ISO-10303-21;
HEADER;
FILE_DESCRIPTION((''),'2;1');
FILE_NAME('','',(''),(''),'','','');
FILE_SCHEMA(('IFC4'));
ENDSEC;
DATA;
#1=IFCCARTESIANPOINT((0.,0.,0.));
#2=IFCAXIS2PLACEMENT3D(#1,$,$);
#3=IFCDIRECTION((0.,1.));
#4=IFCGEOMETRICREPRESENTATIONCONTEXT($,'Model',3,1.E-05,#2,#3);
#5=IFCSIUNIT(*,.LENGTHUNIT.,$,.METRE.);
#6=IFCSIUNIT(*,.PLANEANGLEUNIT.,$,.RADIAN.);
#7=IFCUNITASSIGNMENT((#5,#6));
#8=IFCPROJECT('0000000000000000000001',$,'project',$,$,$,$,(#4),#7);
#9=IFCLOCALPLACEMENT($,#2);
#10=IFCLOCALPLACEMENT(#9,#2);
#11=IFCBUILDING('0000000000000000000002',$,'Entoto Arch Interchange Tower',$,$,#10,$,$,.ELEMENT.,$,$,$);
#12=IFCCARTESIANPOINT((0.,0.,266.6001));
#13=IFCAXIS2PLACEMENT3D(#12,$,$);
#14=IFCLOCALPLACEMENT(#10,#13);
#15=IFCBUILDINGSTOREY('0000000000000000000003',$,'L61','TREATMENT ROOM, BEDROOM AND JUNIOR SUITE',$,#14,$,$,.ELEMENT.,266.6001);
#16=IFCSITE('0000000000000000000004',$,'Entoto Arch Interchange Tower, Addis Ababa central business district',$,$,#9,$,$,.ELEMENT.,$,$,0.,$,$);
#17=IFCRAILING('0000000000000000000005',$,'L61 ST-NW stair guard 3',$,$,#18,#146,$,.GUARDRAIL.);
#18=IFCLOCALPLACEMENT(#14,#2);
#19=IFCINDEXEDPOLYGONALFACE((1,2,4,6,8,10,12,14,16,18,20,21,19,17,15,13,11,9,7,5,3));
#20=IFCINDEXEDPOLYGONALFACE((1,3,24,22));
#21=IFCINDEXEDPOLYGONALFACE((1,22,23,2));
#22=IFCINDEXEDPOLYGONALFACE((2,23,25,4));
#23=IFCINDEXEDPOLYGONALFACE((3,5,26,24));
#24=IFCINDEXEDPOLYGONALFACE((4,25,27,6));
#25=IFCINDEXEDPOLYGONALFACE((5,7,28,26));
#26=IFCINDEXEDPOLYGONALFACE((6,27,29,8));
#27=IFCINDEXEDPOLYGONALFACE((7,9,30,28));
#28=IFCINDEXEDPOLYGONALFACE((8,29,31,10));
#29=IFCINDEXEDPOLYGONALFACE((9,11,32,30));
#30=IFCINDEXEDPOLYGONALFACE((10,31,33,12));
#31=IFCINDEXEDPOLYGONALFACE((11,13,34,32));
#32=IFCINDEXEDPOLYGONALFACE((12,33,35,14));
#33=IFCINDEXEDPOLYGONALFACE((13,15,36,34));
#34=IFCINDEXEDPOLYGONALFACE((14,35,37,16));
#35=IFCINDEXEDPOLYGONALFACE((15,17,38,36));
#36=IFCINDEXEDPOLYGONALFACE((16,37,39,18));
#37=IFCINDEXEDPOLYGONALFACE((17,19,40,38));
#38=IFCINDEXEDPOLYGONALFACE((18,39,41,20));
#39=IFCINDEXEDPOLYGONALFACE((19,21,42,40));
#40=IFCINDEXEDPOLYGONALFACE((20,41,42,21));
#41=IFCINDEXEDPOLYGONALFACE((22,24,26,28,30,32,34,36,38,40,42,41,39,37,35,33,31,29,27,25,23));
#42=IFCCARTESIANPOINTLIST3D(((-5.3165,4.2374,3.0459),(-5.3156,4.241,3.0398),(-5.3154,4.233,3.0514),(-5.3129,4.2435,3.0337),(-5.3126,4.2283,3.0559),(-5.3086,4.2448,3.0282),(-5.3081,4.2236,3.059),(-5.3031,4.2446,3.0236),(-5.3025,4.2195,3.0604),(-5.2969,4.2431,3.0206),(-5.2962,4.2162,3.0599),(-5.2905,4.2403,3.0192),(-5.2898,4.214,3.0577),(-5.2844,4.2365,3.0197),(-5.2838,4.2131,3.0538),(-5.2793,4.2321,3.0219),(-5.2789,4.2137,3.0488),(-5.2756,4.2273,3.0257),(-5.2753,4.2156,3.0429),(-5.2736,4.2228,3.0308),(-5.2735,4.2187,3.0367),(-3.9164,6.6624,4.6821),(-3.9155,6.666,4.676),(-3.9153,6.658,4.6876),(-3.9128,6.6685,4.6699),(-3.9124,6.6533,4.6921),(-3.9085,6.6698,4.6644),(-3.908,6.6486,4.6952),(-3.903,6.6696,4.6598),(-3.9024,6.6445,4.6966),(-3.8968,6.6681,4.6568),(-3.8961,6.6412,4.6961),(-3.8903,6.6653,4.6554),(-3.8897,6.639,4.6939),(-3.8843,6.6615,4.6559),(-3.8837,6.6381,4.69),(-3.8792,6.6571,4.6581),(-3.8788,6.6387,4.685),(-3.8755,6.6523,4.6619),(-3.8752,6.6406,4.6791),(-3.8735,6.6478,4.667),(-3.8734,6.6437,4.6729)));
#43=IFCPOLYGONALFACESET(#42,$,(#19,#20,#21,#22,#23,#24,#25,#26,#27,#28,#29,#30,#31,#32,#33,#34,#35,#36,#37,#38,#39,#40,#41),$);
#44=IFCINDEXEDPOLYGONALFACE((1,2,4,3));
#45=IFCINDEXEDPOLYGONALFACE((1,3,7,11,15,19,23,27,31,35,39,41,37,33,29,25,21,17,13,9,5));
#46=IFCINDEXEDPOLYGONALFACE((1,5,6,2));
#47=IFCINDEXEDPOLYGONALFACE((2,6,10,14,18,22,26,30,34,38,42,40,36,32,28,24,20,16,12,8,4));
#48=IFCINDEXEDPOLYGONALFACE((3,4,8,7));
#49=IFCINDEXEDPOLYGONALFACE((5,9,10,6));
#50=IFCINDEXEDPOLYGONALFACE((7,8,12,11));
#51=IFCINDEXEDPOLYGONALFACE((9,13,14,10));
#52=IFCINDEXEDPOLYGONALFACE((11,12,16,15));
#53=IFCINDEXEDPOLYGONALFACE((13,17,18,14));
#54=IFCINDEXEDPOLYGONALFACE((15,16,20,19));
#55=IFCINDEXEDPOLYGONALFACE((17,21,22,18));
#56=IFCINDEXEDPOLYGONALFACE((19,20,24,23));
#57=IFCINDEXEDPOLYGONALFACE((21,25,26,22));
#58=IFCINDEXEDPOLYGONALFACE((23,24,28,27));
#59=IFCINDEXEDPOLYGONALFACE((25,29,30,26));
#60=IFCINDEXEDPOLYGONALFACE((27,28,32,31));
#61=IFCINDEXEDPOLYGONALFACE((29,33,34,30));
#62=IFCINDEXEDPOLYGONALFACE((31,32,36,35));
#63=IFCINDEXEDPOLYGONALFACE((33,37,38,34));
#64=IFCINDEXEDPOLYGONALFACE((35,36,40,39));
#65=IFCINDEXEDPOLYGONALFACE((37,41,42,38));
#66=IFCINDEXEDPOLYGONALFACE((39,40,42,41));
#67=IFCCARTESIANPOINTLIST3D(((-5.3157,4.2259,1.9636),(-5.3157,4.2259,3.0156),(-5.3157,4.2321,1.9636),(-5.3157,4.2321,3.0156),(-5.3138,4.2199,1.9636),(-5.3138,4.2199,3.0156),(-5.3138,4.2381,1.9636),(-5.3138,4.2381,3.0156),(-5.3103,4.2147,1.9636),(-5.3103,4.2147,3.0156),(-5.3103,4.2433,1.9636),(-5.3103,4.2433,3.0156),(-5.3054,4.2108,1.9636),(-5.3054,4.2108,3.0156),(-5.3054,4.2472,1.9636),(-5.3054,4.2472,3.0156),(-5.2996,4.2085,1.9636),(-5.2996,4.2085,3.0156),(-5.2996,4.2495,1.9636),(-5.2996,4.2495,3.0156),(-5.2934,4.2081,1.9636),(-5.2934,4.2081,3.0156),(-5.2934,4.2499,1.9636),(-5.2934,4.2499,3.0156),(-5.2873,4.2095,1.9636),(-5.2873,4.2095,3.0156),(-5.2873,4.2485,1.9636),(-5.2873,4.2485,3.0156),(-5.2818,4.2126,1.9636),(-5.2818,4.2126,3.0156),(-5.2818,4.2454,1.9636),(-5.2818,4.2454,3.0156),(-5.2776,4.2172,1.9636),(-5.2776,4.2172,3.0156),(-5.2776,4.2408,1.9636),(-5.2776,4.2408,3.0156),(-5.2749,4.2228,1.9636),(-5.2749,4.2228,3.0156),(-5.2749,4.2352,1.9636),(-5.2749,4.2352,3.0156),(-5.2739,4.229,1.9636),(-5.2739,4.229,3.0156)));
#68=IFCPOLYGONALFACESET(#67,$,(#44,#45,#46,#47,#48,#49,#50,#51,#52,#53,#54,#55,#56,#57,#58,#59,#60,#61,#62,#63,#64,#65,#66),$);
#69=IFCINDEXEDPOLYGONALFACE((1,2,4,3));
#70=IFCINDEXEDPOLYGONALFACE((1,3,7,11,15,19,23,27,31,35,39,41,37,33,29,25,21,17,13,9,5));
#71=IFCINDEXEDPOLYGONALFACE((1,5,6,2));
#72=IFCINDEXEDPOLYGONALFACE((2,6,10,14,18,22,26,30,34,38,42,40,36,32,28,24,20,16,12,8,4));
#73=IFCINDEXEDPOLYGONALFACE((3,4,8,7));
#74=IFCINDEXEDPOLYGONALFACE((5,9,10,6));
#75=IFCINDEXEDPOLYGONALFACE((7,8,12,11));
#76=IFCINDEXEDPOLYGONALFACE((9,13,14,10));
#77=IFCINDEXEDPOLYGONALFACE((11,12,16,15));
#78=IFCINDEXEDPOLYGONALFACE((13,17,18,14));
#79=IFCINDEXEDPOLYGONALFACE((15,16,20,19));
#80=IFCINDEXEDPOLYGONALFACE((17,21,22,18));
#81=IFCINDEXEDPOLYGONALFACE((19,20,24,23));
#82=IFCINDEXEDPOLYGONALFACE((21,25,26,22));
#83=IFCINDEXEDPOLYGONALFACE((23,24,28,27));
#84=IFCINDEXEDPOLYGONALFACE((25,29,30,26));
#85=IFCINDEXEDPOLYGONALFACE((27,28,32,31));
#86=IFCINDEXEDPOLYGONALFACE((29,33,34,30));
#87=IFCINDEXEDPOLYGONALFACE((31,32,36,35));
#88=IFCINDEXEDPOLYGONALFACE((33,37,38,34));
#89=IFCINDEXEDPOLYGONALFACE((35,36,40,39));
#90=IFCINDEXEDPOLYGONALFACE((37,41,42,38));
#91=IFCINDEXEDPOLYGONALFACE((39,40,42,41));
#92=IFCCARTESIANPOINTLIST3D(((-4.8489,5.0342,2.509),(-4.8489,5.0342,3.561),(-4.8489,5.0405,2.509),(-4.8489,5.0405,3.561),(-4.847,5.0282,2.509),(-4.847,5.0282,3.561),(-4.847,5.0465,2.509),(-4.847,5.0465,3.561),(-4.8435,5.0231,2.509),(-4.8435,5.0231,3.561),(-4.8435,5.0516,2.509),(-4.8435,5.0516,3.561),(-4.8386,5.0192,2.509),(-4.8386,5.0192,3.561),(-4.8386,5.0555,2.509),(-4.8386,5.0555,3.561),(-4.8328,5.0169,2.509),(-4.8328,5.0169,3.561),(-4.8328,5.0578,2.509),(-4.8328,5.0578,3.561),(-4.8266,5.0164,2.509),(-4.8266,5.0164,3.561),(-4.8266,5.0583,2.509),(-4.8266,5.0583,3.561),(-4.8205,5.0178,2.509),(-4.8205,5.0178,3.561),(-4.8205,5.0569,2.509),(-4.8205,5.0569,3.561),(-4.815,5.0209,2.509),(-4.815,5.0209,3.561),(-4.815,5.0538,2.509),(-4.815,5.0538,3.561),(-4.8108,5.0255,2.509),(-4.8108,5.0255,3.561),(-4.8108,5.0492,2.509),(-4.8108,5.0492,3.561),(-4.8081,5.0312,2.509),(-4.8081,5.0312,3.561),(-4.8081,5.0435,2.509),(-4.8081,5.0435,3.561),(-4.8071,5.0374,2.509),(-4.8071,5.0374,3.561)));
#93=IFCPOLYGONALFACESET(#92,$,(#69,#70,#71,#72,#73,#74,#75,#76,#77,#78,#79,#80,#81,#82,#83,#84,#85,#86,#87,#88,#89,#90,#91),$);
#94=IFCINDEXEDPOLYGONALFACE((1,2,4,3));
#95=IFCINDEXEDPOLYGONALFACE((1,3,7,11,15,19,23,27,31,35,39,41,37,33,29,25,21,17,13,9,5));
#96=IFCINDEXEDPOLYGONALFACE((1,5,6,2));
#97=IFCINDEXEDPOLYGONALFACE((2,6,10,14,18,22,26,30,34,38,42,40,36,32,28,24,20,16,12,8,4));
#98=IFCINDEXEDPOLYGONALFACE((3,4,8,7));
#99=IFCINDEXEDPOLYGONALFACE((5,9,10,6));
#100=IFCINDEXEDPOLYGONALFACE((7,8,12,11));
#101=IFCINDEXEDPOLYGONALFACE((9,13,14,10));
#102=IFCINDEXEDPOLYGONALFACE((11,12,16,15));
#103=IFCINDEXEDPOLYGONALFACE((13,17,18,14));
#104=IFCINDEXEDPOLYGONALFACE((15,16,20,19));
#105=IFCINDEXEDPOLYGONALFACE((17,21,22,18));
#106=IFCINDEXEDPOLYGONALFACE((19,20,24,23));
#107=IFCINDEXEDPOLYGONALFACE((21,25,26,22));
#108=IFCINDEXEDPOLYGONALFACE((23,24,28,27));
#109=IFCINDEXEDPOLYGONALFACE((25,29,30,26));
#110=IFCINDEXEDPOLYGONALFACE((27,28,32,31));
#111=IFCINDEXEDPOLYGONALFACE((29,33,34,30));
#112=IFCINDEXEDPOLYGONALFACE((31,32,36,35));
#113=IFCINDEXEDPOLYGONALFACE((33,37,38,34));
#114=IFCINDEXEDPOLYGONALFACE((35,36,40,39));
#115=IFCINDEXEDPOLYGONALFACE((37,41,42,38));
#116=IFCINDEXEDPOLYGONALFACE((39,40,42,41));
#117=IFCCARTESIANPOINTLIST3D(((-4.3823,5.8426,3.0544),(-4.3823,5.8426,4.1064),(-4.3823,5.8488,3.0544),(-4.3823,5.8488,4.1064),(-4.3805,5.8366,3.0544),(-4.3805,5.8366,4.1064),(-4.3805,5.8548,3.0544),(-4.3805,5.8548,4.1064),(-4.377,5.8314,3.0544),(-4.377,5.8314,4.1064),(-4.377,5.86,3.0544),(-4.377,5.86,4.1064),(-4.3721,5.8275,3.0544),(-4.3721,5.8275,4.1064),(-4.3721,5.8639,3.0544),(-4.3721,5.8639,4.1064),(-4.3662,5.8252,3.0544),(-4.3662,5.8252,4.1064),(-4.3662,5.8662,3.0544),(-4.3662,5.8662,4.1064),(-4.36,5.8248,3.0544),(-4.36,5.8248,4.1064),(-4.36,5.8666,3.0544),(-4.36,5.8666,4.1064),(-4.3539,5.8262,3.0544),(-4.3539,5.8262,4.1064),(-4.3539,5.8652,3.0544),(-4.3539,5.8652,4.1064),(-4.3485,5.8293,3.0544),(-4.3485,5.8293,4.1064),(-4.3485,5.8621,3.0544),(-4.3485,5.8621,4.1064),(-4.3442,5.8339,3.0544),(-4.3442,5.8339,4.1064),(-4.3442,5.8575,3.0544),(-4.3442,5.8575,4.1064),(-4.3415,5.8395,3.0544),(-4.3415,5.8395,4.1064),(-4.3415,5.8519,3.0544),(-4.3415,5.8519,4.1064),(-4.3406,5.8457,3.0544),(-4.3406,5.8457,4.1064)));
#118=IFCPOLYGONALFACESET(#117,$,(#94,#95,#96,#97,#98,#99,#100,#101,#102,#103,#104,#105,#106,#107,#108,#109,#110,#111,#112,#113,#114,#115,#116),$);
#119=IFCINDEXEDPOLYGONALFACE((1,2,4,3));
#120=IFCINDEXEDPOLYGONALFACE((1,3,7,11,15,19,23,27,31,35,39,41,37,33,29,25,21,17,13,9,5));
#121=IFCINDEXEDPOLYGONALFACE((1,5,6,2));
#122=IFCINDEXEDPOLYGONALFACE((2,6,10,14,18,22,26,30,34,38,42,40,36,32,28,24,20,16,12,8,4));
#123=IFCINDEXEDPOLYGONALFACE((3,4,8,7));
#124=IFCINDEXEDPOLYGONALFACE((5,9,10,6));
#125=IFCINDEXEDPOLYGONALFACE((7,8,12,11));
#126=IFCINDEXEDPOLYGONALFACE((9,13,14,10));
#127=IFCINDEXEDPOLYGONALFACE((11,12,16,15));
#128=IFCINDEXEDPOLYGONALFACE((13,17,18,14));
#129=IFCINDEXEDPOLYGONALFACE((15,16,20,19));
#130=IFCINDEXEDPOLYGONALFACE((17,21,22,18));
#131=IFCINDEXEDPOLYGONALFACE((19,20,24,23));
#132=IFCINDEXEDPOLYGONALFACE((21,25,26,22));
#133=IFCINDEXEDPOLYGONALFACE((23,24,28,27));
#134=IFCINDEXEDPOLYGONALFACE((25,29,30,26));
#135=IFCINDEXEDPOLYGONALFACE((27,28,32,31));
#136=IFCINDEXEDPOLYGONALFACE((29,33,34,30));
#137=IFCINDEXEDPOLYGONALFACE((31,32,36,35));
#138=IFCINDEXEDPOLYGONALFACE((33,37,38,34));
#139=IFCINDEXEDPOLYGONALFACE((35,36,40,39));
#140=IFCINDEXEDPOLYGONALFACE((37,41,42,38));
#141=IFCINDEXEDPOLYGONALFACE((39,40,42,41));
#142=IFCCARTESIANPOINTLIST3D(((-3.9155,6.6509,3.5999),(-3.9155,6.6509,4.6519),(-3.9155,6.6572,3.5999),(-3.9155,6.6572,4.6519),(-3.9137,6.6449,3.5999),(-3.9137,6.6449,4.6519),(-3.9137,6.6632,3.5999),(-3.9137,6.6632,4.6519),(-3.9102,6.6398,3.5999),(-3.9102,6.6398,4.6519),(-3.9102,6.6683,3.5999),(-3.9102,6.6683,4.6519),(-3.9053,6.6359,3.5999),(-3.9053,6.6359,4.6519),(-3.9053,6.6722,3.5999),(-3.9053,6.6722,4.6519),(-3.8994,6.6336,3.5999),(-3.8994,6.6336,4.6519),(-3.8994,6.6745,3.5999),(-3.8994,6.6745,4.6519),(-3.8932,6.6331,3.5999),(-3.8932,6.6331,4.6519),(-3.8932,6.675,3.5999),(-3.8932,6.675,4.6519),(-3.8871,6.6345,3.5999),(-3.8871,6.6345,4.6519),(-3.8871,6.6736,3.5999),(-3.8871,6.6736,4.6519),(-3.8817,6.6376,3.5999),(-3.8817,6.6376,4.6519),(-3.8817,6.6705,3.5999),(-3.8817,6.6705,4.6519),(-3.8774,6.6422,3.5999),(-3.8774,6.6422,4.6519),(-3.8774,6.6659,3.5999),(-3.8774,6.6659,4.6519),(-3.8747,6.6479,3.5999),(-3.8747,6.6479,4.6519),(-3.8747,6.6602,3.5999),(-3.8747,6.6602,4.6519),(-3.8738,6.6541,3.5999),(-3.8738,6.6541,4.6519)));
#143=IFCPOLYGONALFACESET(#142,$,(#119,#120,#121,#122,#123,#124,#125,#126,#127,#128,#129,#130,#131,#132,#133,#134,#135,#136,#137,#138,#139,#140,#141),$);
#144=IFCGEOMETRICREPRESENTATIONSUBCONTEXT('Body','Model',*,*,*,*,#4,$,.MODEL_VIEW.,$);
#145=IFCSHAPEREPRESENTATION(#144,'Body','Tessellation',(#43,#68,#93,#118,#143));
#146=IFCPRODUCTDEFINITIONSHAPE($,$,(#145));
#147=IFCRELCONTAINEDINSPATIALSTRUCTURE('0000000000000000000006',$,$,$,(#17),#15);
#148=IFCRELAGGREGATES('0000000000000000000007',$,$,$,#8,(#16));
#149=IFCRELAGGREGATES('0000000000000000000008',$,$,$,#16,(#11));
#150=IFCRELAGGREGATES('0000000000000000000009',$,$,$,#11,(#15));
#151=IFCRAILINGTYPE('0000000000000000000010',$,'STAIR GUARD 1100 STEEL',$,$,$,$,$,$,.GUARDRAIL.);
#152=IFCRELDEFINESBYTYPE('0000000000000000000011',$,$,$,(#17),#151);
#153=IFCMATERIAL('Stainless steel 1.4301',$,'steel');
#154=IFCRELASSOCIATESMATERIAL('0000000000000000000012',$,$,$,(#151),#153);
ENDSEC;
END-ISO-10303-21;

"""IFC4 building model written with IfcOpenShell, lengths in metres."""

from ifc_helpers import new_model, si_unit, direction, frame, origin, origin_2d, place, context, subcontext, project, spatial, circle, extrude, material, type_object, element, save


model = new_model("IFC4")

# Units and contexts
model_context = context("Model", 3, precision=1e-05, world=origin(), true_north=direction((0.0, 1.0)))
body_context = subcontext(model_context, "Body", "Model", "MODEL_VIEW")
ifc_project = project(units=[si_unit("LENGTHUNIT", "METRE"), si_unit("PLANEANGLEUNIT", "RADIAN")], contexts=[model_context])

# Site, building, storey
site_placement = place(None, origin())
site = spatial("IfcSite", under=ifc_project, at=site_placement, Name="Entoto Arch Interchange Tower, Addis Ababa central business district", CompositionType="ELEMENT", RefElevation=0.0)
building_placement = place(site_placement, origin())
building = spatial("IfcBuilding", under=site, at=building_placement, Name="Entoto Arch Interchange Tower", CompositionType="ELEMENT")
storey_placement = place(building_placement, frame((0.0, 0.0, 266.6001)))
storey = spatial("IfcBuildingStorey", under=building, at=storey_placement, Name="L61", Description="TREATMENT ROOM, BEDROOM AND JUNIOR SUITE", CompositionType="ELEMENT", Elevation=266.6001)

# Railing
ifc_material_1 = material(Name="Stainless steel 1.4301", Category="steel")
railing_type_1 = type_object("IfcRailingType", Name="STAIR GUARD 1100 STEEL", PredefinedType="GUARDRAIL", material=ifc_material_1)
railing_1_placement = place(storey_placement, frame((-5.2949, 4.229, 1.9636)))
element("IfcRailing", 1, at=railing_1_placement, inside=storey, type_object=railing_type_1, Name="L61 ST-NW stair guard 3", PredefinedType="GUARDRAIL", context=body_context, shape_type="SweptSolid", body=[
    extrude(circle(Radius=0.0239, at=origin_2d()), frame((0.0, 0.0, 1.0762), z_axis=(0.431714, 0.747727, 0.504507), x_axis=(-0.866019, 0.500012, 0.0)), (0.0, 0.0, 1.0), 3.2432),
    extrude(circle(Radius=0.021, at=origin_2d()), origin(), (0.0, 0.0, 1.0), 1.052),
    extrude(circle(Radius=0.021, at=origin_2d()), frame((0.4668, 0.8083, 0.5454)), (0.0, 0.0, 1.0), 1.052),
    extrude(circle(Radius=0.021, at=origin_2d()), frame((0.9333, 1.6167, 1.0908)), (0.0, 0.0, 1.0), 1.052),
    extrude(circle(Radius=0.021, at=origin_2d()), frame((1.4001, 2.425, 1.6362)), (0.0, 0.0, 1.0), 1.052),
])

save(model, "model.ifc")
